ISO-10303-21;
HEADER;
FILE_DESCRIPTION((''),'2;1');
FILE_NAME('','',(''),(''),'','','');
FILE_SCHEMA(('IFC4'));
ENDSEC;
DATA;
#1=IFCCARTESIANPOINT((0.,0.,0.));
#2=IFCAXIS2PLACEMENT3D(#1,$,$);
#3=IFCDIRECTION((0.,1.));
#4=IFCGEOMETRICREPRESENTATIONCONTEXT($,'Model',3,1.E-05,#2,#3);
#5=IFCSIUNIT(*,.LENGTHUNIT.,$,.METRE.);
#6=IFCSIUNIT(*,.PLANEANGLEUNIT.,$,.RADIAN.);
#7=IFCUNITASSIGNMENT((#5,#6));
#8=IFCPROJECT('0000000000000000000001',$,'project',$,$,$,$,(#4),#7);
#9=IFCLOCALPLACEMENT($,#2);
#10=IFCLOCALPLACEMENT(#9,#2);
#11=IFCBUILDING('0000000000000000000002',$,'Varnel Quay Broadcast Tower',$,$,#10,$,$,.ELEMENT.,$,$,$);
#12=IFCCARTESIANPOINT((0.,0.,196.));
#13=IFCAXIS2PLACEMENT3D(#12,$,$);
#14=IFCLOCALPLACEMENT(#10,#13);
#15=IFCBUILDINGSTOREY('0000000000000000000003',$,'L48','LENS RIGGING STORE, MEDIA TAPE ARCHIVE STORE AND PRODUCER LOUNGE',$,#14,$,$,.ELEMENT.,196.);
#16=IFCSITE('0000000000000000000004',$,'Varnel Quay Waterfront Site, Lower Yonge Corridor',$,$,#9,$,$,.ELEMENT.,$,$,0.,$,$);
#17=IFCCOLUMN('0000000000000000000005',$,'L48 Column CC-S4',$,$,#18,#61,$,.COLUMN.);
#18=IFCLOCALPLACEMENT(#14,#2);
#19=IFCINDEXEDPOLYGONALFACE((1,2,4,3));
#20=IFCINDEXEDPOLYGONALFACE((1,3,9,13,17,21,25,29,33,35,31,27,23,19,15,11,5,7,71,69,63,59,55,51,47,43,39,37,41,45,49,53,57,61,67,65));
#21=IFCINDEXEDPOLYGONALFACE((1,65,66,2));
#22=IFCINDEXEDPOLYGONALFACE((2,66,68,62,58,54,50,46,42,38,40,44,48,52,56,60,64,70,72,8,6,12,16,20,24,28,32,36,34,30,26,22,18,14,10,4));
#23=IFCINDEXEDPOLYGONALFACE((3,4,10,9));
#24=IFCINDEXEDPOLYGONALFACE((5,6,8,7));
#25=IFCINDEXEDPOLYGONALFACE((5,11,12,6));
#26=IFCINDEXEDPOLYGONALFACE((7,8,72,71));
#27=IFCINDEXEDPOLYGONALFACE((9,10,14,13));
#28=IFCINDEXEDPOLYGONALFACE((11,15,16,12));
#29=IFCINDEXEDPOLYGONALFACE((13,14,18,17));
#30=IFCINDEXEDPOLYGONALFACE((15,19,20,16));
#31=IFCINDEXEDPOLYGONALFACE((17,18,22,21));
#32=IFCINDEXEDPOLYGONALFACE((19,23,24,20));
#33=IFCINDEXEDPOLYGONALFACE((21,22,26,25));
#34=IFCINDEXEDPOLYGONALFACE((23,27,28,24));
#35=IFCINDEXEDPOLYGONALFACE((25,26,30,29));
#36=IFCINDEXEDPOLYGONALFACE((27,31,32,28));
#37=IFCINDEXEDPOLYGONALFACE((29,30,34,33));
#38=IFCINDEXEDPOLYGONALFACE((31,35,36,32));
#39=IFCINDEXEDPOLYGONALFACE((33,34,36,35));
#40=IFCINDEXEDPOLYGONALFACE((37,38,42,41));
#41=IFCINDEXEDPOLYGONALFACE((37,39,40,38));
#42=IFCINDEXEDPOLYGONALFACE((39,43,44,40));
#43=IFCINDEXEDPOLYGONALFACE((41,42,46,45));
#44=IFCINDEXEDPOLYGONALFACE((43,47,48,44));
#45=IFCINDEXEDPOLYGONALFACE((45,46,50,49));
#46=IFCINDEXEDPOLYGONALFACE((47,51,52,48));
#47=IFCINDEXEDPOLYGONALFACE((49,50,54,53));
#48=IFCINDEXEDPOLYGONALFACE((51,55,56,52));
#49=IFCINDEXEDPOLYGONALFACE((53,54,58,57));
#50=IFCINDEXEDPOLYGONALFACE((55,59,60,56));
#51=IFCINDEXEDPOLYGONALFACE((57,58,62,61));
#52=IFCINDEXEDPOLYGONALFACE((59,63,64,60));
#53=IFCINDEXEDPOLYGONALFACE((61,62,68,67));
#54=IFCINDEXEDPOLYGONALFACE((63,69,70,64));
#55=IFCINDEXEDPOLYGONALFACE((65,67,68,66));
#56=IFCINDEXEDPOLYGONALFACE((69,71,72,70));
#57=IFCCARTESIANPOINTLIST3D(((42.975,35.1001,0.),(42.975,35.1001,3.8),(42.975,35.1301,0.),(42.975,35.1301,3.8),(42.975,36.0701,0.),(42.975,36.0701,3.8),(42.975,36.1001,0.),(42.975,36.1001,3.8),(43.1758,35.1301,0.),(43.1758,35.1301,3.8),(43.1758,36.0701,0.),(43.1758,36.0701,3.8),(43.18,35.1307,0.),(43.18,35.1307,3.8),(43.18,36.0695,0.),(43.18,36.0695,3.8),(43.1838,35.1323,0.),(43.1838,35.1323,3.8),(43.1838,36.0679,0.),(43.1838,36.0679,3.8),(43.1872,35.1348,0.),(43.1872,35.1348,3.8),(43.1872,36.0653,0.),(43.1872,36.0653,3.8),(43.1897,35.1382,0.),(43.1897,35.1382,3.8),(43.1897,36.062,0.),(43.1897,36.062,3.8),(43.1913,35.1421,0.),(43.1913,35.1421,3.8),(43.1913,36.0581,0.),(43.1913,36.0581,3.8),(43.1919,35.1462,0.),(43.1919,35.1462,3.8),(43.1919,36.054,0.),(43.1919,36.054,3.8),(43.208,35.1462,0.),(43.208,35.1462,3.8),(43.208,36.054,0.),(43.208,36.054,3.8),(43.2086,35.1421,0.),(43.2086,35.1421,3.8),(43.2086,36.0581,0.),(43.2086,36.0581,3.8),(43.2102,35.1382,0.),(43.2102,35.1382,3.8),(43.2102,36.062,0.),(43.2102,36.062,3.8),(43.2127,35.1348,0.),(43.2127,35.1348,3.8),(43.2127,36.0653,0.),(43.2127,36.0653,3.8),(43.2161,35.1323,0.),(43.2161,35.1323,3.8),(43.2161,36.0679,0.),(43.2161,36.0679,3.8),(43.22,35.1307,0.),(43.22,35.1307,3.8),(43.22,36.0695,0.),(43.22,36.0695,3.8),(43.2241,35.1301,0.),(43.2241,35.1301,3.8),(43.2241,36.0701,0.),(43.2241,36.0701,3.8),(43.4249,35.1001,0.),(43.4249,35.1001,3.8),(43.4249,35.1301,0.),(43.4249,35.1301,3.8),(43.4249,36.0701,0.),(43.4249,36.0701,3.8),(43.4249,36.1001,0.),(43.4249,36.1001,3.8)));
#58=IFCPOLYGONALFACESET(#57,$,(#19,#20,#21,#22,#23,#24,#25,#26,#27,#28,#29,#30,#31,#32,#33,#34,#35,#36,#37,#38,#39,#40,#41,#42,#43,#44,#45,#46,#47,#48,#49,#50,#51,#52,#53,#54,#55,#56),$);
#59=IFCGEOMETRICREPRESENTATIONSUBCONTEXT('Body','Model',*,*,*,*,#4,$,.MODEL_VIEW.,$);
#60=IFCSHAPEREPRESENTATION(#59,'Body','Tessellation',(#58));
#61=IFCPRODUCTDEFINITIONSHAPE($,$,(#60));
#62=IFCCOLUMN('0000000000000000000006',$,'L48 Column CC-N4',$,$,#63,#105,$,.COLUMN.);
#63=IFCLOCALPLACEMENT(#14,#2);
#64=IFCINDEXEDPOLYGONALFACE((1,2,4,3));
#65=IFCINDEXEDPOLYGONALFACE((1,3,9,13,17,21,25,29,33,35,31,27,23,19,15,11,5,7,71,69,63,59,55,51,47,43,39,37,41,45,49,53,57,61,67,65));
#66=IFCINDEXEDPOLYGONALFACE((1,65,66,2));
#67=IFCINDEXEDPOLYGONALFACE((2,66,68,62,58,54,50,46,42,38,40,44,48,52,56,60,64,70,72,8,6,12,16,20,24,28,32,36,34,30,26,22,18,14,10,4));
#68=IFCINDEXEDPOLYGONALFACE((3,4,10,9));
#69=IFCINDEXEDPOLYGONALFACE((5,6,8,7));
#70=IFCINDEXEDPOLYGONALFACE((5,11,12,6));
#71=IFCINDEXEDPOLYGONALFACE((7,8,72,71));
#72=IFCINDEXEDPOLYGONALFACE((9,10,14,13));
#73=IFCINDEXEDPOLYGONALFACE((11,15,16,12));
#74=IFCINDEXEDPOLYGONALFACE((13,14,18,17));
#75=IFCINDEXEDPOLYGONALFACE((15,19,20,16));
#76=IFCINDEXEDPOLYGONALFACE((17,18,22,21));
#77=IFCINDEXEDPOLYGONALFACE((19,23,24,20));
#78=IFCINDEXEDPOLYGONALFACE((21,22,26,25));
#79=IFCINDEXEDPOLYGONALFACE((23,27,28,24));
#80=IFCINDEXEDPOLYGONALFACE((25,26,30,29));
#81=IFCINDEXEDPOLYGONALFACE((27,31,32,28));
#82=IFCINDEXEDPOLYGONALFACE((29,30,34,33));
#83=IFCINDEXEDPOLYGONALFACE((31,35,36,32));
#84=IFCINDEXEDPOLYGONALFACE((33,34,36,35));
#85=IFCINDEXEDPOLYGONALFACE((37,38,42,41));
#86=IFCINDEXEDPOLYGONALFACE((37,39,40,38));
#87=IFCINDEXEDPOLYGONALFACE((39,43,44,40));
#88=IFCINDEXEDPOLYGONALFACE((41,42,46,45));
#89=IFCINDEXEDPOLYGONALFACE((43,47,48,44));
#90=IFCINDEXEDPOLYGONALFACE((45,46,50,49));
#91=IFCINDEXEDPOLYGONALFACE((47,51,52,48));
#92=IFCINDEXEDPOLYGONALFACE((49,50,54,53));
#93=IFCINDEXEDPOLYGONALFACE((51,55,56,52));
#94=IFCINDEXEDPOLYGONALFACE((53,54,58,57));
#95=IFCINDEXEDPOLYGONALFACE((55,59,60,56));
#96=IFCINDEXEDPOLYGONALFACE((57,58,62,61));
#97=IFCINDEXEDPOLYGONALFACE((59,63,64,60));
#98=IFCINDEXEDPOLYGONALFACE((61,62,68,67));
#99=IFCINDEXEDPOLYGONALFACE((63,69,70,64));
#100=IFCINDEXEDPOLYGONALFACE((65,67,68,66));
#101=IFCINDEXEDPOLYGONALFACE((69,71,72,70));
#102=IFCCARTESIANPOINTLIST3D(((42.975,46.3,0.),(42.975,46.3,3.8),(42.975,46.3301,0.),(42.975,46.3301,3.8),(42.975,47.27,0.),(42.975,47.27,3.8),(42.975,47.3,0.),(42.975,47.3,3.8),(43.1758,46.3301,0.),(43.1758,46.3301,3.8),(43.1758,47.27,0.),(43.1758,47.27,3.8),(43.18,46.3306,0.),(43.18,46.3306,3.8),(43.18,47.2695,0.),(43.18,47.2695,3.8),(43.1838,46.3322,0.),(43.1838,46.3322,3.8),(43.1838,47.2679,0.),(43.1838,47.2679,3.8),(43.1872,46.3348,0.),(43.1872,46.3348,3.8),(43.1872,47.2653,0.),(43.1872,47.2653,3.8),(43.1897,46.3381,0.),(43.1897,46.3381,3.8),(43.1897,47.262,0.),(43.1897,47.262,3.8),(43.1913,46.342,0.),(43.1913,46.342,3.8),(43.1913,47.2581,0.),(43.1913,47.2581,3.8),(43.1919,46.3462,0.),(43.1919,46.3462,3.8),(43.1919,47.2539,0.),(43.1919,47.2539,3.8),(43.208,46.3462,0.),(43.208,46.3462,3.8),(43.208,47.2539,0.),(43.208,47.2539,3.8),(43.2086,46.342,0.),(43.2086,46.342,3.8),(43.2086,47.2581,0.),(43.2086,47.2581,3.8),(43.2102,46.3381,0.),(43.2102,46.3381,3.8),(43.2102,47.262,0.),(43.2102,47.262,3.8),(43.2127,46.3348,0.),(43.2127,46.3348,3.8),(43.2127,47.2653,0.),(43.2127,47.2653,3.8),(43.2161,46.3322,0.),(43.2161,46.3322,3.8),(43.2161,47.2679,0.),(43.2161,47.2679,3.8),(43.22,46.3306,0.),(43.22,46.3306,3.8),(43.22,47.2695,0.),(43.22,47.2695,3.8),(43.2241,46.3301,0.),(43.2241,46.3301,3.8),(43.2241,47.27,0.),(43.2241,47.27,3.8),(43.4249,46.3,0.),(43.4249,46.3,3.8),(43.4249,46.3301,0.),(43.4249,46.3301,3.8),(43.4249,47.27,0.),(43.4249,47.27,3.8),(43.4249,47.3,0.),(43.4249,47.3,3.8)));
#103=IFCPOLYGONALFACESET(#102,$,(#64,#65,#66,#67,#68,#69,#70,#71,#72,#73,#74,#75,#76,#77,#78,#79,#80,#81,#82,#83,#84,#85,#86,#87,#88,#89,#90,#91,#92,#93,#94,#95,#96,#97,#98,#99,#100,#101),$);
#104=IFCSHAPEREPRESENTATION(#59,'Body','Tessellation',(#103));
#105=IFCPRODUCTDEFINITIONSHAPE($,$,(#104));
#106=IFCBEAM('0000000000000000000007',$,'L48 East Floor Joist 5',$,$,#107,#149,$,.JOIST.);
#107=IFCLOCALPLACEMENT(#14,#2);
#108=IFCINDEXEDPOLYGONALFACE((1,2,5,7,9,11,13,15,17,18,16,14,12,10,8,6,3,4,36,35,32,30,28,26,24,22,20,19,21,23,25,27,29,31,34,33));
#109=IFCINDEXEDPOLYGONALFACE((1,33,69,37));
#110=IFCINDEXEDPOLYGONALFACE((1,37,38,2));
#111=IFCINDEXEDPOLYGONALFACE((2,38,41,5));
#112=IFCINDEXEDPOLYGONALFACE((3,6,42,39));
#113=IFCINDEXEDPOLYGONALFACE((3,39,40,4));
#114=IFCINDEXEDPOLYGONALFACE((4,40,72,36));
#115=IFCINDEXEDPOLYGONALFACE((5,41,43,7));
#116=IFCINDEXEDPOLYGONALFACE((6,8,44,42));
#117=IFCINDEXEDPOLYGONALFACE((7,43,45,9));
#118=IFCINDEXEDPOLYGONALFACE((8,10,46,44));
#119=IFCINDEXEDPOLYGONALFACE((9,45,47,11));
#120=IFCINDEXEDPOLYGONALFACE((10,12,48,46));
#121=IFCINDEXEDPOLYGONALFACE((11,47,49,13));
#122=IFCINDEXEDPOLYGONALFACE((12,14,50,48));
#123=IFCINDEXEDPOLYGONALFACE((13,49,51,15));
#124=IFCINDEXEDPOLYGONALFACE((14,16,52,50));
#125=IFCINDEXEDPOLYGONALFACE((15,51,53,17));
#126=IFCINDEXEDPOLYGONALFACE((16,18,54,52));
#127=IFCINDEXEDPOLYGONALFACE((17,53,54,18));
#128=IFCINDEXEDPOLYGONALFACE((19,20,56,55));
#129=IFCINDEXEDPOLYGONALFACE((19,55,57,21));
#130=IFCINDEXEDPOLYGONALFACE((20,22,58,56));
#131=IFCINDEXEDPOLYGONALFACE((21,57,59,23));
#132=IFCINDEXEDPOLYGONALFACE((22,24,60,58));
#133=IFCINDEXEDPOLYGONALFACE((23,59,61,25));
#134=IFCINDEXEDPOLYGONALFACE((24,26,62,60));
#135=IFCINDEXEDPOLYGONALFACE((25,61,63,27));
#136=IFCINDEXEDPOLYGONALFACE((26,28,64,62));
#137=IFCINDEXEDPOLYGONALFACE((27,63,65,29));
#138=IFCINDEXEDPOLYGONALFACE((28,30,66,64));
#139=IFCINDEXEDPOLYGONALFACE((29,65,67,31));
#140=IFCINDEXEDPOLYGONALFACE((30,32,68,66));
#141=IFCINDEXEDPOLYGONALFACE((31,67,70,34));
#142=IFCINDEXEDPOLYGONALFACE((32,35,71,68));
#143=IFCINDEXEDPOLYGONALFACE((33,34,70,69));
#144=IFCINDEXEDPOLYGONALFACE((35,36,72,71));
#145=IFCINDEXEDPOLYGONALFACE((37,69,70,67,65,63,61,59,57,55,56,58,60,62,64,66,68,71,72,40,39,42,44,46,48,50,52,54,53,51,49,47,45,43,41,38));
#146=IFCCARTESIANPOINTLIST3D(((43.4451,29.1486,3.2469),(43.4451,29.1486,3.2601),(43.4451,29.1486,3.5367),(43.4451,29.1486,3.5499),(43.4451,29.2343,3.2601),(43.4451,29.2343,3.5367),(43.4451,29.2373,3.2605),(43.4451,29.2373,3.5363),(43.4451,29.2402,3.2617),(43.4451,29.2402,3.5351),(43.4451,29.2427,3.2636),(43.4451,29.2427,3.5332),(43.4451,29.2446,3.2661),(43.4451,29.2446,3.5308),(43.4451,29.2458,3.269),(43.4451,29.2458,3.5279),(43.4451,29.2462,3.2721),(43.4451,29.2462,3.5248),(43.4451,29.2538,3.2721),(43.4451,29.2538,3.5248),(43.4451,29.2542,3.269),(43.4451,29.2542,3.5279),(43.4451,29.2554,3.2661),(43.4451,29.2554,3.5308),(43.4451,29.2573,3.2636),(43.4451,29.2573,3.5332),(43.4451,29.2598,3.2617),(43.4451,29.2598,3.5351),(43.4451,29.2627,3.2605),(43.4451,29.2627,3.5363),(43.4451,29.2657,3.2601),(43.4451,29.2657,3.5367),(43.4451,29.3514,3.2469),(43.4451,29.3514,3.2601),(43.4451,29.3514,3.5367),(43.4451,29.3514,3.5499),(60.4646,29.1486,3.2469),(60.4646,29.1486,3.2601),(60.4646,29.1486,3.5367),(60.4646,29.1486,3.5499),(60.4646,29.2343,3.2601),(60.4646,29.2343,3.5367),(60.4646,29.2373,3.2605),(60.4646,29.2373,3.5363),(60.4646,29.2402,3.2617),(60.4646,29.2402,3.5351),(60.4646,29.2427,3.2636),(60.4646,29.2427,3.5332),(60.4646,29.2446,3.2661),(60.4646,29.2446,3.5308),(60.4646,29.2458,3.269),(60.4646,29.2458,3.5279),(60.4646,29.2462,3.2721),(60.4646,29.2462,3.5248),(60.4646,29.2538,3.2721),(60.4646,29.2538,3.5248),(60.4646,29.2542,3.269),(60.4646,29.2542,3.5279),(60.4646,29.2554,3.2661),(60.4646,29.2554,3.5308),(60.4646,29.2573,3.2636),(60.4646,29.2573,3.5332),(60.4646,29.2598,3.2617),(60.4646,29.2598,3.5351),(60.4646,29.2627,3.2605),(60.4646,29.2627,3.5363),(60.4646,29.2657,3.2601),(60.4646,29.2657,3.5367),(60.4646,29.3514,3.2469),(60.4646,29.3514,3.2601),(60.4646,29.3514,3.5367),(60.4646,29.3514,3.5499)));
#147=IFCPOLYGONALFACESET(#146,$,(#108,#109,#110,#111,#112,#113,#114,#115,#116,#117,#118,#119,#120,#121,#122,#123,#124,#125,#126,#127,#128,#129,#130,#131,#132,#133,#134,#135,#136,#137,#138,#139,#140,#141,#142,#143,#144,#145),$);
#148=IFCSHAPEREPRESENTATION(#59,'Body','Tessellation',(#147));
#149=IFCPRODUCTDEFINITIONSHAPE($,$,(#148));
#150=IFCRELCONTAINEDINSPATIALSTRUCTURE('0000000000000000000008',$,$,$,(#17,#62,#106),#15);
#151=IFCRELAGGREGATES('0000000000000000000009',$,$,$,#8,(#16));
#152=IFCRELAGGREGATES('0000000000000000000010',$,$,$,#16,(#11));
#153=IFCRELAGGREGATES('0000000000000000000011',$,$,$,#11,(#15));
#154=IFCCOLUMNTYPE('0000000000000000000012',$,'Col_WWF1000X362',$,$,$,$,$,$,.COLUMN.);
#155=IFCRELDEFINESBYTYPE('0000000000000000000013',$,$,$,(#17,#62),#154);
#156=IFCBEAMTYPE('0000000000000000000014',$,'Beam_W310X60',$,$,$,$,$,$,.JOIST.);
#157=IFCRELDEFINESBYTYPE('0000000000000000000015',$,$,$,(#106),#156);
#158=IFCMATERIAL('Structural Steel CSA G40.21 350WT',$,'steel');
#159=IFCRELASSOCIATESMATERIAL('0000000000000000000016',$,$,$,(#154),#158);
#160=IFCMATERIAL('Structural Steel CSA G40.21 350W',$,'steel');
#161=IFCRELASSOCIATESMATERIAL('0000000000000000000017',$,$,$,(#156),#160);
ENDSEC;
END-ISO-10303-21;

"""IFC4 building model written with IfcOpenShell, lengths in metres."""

from ifc_helpers import new_model, si_unit, direction, frame, origin, origin_2d, place, context, subcontext, project, spatial, i_section, extrude, source, transform, mapped, material, material_profile, profile_set, type_object, type_shapes, element, save


model = new_model("IFC4")

# Units and contexts
model_context = context("Model", 3, precision=1e-05, world=origin(), true_north=direction((0.0, 1.0)))
body_context = subcontext(model_context, "Body", "Model", "MODEL_VIEW")
ifc_project = project(units=[si_unit("LENGTHUNIT", "METRE"), si_unit("PLANEANGLEUNIT", "RADIAN")], contexts=[model_context])

# Site, building, storey
site_placement = place(None, origin())
site = spatial("IfcSite", under=ifc_project, at=site_placement, Name="Varnel Quay Waterfront Site, Lower Yonge Corridor", CompositionType="ELEMENT", RefElevation=0.0)
building_placement = place(site_placement, origin())
building = spatial("IfcBuilding", under=site, at=building_placement, Name="Varnel Quay Broadcast Tower", CompositionType="ELEMENT")
storey_placement = place(building_placement, frame((0.0, 0.0, 196.0)))
storey = spatial("IfcBuildingStorey", under=building, at=storey_placement, Name="L48", Description="LENS RIGGING STORE, MEDIA TAPE ARCHIVE STORE AND PRODUCER LOUNGE", CompositionType="ELEMENT", Elevation=196.0)

# Columns
ifc_material_1 = material(Name="Structural Steel CSA G40.21 350WT", Category="steel")
ifc_material_profile_1 = material_profile(ifc_material_1, i_section(OverallWidth=0.45, OverallDepth=1.0, WebThickness=0.0161, FlangeThickness=0.03, FilletRadius=0.0161, at=origin_2d()), Name="WWF1000X362")
ifc_profile_set_1 = profile_set([ifc_material_profile_1], Name="Structural Steel CSA G40.21 350WT")
column_type = type_object("IfcColumnType", Name="Col_WWF1000X362", PredefinedType="COLUMN", material=ifc_profile_set_1)
shared_shape_1 = source(origin(), body_context, "Body", "SweptSolid", [
    extrude(i_section(OverallWidth=0.45, OverallDepth=1.0, WebThickness=0.0161, FlangeThickness=0.03, FilletRadius=0.0161, at=origin_2d()), origin(), (0.0, 0.0, 1.0), 3.8),
])
type_shapes(column_type, [shared_shape_1])
for number, where, z_axis, x_axis, name in (
    (1, (43.2, 35.6001, 0.0), (0.0, 0.0, 1.0), (1.0, 0.0, 0.0), "L48 Column CC-S4"),
    (2, (43.2, 46.8, 0.0), (0.0, 0.0, 1.0), (1.0, 0.0, 0.0), "L48 Column CC-N4"),
):
    element("IfcColumn", number, at=place(storey_placement, frame(where, z_axis=z_axis, x_axis=x_axis)), inside=storey, type_object=column_type, Name=name, PredefinedType="COLUMN", context=body_context, shape_type="MappedRepresentation", body=[
        mapped(shared_shape_1, transform((0.0, 0.0, 0.0), x_axis=(1.0, 0.0, 0.0), y_axis=(0.0, 1.0, 0.0), z_axis=(0.0, 0.0, 1.0), scale=1.0)),
    ])

# Beam
ifc_material_2 = material(Name="Structural Steel CSA G40.21 350W", Category="steel")
ifc_material_profile_2 = material_profile(ifc_material_2, i_section(OverallWidth=0.2029, OverallDepth=0.303, WebThickness=0.0076, FlangeThickness=0.0132, FilletRadius=0.012, at=origin_2d()), Name="W310X60")
ifc_profile_set_2 = profile_set([ifc_material_profile_2], Name="Structural Steel CSA G40.21 350W")
beam_type_1 = type_object("IfcBeamType", Name="Beam_W310X60", PredefinedType="JOIST", material=ifc_profile_set_2)
shared_shape_2 = source(origin(), body_context, "Body", "SweptSolid", [
    extrude(i_section(OverallWidth=0.2029, OverallDepth=0.303, WebThickness=0.0076, FlangeThickness=0.0132, FilletRadius=0.012, at=origin_2d()), origin(), (0.0, 0.0, 1.0), 17.0195),
])
type_shapes(beam_type_1, [shared_shape_2])
beam_1_placement = place(storey_placement, frame((43.4451, 29.25, 3.3984), z_axis=(1.0, 0.0, 0.0), x_axis=(0.0, 1.0, 0.0)))
element("IfcBeam", 3, at=beam_1_placement, inside=storey, type_object=beam_type_1, Name="L48 East Floor Joist 5", PredefinedType="JOIST", context=body_context, shape_type="MappedRepresentation", body=[
    mapped(shared_shape_2, transform((0.0, 0.0, 0.0), x_axis=(1.0, 0.0, 0.0), y_axis=(0.0, 1.0, 0.0), z_axis=(0.0, 0.0, 1.0), scale=1.0)),
])

save(model, "model.ifc")
